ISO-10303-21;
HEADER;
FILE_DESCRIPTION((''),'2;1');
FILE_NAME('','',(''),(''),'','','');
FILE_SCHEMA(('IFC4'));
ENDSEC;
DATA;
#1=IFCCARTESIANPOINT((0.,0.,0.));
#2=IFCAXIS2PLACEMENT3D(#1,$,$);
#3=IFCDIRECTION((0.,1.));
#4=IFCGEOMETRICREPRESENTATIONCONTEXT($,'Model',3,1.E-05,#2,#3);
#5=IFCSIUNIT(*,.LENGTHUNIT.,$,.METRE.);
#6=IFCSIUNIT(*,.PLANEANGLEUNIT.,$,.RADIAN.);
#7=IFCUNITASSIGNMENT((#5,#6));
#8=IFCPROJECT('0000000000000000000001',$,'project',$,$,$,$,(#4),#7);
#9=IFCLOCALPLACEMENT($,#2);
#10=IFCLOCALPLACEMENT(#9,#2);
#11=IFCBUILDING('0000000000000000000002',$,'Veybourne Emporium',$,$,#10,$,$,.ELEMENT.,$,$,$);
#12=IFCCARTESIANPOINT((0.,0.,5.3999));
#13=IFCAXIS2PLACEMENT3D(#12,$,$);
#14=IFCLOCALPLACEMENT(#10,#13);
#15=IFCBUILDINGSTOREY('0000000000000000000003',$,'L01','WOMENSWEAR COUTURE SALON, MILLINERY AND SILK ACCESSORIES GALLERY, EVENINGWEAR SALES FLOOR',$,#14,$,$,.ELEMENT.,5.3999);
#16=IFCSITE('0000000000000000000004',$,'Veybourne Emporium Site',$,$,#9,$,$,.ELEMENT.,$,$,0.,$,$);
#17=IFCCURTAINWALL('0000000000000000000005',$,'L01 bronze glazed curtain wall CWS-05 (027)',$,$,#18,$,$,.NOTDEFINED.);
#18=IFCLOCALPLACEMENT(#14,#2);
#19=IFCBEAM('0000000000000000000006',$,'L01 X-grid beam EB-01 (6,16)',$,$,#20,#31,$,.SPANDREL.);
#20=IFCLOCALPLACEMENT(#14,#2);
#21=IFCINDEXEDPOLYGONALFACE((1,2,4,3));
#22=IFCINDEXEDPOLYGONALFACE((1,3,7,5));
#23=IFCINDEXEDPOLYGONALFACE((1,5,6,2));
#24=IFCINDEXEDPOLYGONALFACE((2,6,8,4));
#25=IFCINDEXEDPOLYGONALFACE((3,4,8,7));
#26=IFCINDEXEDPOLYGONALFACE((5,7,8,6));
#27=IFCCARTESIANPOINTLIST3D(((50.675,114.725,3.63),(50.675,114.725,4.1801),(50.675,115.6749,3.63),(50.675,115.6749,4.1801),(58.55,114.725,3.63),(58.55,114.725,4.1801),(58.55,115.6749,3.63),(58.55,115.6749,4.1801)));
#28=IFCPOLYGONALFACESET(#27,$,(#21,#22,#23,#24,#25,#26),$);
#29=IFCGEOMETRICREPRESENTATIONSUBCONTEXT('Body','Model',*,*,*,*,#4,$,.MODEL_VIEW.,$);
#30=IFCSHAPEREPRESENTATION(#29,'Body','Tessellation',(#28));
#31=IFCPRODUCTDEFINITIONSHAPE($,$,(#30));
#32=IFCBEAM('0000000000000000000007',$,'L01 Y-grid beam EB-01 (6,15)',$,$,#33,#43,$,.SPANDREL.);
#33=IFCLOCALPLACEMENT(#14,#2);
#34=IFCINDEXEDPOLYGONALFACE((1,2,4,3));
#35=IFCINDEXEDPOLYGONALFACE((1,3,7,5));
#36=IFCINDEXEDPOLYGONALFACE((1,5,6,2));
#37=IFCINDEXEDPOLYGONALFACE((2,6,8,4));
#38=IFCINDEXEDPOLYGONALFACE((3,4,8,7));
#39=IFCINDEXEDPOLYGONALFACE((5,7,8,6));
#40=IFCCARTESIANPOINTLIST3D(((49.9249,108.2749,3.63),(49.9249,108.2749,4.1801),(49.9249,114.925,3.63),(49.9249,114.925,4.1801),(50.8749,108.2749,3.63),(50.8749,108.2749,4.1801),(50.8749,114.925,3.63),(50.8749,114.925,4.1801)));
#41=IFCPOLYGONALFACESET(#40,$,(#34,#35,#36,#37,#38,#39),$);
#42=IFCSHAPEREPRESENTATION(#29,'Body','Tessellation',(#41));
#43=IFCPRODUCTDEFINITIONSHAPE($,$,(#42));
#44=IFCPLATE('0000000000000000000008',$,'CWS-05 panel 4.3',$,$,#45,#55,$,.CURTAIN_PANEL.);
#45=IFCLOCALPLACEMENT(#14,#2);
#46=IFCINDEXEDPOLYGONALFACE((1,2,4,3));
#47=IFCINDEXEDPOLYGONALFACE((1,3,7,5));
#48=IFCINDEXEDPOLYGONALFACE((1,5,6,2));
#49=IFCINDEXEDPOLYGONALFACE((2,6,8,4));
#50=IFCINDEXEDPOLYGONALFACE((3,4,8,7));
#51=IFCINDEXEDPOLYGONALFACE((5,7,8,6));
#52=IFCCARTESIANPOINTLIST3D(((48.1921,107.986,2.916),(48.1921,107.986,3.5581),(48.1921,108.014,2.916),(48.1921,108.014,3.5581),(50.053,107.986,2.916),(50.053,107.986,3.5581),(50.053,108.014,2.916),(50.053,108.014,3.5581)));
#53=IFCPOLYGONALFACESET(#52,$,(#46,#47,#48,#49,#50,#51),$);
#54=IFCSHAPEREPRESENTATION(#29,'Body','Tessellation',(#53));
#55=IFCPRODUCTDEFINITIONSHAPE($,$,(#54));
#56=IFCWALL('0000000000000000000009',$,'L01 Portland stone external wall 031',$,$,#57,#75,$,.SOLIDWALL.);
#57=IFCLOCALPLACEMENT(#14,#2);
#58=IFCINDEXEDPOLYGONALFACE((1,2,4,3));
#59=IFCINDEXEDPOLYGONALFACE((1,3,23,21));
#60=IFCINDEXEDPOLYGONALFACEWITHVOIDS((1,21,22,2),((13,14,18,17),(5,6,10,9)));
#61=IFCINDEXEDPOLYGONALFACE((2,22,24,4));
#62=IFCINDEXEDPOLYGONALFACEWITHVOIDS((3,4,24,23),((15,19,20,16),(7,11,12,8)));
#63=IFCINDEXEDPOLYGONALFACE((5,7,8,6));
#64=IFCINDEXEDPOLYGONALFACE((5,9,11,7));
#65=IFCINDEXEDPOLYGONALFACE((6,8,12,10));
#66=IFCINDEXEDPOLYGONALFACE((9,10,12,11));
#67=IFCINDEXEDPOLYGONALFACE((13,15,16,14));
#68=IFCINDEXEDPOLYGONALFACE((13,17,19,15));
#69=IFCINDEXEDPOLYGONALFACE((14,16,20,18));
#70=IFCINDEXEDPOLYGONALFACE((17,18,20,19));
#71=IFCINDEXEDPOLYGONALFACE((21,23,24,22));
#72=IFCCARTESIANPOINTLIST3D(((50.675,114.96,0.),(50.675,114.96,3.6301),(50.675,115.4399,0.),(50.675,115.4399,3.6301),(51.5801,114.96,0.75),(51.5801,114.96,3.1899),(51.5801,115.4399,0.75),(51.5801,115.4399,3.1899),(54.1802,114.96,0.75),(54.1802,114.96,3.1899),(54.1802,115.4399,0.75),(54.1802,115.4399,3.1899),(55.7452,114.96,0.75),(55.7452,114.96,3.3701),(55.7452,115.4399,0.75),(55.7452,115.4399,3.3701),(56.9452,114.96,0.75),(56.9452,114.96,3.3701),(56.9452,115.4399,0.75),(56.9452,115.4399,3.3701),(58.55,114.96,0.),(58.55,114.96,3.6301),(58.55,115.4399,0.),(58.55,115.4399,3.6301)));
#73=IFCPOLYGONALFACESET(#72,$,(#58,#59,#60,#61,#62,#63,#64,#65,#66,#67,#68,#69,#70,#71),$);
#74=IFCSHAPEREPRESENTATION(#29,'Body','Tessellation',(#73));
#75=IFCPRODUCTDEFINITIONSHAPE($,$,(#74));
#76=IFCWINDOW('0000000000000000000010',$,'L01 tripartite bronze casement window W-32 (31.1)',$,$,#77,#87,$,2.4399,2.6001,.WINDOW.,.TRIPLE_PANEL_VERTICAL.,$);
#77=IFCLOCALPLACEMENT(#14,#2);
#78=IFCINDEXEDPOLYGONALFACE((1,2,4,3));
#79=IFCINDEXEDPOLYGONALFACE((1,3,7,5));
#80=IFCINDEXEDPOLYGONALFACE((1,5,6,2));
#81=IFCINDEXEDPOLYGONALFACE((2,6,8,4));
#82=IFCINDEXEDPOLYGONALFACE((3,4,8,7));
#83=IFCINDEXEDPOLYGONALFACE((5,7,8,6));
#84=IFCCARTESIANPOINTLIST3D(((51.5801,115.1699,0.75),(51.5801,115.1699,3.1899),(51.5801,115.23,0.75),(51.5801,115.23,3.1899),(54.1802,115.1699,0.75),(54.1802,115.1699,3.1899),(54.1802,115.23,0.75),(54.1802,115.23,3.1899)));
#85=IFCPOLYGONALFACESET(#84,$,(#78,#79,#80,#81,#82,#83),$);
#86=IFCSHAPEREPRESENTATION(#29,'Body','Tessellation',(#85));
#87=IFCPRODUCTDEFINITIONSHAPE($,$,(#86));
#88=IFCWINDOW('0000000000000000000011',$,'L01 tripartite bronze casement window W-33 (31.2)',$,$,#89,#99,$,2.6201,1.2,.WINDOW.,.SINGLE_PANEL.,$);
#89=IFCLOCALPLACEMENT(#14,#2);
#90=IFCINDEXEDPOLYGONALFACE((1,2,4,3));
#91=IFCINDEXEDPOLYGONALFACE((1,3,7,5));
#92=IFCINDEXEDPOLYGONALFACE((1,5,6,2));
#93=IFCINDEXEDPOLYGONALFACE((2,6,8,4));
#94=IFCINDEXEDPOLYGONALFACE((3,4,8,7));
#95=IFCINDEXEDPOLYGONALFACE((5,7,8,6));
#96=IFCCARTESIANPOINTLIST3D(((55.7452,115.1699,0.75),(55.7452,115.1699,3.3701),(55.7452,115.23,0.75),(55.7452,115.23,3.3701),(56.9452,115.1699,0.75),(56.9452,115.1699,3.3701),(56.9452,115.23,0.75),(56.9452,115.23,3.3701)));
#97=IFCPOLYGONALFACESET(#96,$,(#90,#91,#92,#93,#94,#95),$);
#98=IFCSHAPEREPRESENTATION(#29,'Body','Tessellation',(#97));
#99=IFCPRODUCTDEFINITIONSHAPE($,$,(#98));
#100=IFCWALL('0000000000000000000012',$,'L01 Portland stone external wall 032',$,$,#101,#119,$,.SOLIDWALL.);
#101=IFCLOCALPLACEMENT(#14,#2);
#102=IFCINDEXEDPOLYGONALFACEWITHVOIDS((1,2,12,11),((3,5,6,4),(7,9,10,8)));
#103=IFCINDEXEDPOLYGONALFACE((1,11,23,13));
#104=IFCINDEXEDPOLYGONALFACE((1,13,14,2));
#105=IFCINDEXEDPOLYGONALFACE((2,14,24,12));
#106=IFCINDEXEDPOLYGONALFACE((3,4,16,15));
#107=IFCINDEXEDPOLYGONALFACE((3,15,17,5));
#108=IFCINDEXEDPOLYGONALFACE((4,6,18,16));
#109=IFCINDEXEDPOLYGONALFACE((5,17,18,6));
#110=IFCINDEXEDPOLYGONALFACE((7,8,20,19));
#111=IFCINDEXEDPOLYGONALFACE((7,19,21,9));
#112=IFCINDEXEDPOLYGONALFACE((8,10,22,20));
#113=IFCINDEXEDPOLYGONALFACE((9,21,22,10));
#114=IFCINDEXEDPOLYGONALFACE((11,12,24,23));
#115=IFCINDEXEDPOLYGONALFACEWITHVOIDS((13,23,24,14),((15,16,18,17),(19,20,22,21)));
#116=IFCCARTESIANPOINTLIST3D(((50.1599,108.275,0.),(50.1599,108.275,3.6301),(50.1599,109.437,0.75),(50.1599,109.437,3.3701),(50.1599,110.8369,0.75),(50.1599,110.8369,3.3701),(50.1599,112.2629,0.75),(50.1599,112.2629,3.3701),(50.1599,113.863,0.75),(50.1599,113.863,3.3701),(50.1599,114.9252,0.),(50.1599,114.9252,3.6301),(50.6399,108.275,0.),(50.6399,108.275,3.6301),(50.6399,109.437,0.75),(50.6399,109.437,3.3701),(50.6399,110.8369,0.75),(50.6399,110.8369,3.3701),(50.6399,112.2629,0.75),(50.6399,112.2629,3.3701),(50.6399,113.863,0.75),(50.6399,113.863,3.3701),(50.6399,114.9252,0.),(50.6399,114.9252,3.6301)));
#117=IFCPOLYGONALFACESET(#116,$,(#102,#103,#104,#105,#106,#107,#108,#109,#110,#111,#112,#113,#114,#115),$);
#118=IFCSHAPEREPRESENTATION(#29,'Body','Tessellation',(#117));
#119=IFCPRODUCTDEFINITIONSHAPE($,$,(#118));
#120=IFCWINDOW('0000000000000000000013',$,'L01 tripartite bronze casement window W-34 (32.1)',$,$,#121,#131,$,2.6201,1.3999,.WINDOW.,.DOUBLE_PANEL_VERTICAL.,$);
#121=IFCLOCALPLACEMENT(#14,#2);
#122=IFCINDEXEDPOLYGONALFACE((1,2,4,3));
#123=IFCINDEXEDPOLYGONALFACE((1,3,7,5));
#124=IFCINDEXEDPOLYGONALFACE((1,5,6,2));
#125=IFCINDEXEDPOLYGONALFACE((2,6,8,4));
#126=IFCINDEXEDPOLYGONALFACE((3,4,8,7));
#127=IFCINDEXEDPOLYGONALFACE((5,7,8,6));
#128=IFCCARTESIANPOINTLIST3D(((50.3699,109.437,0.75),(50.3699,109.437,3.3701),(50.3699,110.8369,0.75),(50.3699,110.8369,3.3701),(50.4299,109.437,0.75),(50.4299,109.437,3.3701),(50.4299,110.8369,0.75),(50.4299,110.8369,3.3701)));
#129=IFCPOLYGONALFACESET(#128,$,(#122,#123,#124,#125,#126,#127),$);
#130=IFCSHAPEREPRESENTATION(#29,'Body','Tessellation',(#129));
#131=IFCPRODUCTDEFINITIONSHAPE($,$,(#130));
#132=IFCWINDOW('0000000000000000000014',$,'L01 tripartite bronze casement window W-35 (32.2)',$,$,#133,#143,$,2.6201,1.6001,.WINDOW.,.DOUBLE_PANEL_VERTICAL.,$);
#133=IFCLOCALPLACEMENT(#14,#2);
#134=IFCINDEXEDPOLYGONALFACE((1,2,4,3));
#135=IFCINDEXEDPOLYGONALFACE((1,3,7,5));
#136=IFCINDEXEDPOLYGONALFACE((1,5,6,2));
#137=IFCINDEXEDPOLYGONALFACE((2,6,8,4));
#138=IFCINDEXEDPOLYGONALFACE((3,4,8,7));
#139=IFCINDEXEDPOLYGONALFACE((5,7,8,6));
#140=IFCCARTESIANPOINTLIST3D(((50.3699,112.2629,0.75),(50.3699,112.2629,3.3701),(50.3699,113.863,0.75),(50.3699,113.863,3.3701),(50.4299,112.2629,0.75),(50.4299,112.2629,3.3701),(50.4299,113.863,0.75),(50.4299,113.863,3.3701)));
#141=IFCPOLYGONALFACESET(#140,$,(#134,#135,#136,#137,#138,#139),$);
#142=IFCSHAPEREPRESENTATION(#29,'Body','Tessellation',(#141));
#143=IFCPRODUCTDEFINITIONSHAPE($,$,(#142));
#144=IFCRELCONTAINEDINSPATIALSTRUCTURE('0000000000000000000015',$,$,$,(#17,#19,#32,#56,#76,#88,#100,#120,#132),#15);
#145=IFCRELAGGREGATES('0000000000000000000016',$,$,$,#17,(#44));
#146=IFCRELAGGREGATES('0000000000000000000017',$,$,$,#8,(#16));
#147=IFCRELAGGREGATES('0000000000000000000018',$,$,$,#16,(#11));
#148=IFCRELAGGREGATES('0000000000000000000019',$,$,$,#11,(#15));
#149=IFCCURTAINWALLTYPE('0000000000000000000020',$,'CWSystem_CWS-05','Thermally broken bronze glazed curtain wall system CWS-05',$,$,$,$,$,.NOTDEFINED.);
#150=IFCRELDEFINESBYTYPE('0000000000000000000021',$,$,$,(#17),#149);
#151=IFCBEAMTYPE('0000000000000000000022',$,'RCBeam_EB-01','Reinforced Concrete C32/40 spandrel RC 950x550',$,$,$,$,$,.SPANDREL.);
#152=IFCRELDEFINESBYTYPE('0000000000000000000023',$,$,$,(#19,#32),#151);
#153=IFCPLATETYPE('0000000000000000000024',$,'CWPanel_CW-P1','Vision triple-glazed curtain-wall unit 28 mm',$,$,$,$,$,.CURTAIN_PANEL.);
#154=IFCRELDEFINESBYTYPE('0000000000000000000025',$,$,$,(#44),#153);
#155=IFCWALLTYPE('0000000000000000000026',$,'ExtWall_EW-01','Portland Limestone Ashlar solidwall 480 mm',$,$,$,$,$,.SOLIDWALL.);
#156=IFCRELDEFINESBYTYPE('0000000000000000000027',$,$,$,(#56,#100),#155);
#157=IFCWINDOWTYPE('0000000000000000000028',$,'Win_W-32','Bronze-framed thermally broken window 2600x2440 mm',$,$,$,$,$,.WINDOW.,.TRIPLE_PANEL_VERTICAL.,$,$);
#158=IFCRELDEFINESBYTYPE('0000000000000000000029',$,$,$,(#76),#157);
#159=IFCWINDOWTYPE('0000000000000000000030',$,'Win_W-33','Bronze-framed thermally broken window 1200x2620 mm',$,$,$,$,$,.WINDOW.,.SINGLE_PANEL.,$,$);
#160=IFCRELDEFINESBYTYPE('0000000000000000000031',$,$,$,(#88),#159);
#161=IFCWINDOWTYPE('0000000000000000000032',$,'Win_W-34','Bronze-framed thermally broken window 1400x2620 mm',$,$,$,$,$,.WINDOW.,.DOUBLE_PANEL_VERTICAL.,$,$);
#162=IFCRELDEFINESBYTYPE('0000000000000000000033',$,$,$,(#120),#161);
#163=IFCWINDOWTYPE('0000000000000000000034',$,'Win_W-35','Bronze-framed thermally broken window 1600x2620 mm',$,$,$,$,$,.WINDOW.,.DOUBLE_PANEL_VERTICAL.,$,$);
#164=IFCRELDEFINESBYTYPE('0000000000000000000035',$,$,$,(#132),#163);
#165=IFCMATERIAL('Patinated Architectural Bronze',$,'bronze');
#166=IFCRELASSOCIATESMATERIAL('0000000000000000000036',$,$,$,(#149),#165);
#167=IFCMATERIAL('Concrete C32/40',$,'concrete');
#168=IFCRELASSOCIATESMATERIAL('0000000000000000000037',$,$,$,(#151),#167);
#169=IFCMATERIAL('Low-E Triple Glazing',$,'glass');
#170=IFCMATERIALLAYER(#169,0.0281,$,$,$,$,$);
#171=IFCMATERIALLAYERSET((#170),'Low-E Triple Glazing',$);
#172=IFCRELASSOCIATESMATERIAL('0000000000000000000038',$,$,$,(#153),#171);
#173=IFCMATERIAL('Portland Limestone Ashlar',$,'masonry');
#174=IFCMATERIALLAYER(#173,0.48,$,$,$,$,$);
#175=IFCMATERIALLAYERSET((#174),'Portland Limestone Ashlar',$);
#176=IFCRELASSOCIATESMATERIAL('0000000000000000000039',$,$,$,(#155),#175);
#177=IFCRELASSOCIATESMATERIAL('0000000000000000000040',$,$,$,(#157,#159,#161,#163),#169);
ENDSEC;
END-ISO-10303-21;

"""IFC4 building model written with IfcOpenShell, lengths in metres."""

from ifc_helpers import new_model, si_unit, direction, frame, frame_2d, origin, origin_2d, place, context, subcontext, project, spatial, rectangle, extrude, material, layer, layer_set, material_profile, profile_set, type_object, element, fill, aggregate, save


model = new_model("IFC4")

# Units and contexts
model_context = context("Model", 3, precision=1e-05, world=origin(), true_north=direction((0.0, 1.0)))
body_context = subcontext(model_context, "Body", "Model", "MODEL_VIEW")
ifc_project = project(units=[si_unit("LENGTHUNIT", "METRE"), si_unit("PLANEANGLEUNIT", "RADIAN")], contexts=[model_context])

# Site, building, storey
site_placement = place(None, origin())
site = spatial("IfcSite", under=ifc_project, at=site_placement, Name="Veybourne Emporium Site", CompositionType="ELEMENT", RefElevation=0.0)
building_placement = place(site_placement, origin())
building = spatial("IfcBuilding", under=site, at=building_placement, Name="Veybourne Emporium", CompositionType="ELEMENT")
storey_placement = place(building_placement, frame((0.0, 0.0, 5.3999)))
storey = spatial("IfcBuildingStorey", under=building, at=storey_placement, Name="L01", Description="WOMENSWEAR COUTURE SALON, MILLINERY AND SILK ACCESSORIES GALLERY, EVENINGWEAR SALES FLOOR", CompositionType="ELEMENT", Elevation=5.3999)

# Curtain wall
ifc_material_1 = material(Name="Patinated Architectural Bronze", Category="bronze")
curtain_wall_type = type_object("IfcCurtainWallType", Name="CWSystem_CWS-05", Description="Thermally broken bronze glazed curtain wall system CWS-05", PredefinedType="NOTDEFINED", material=ifc_material_1)
curtain_wall_placement = place(storey_placement, origin())
curtain_wall = element("IfcCurtainWall", 1, at=curtain_wall_placement, inside=storey, type_object=curtain_wall_type, Name="L01 bronze glazed curtain wall CWS-05 (027)", PredefinedType="NOTDEFINED")

# Beams
ifc_material_2 = material(Name="Concrete C32/40", Category="concrete")
ifc_material_profile_1 = material_profile(ifc_material_2, rectangle(XDim=0.95, YDim=0.55, at=origin_2d()), Name="RC 950x550")
ifc_profile_set_1 = profile_set([ifc_material_profile_1], Name="Concrete C32/40")
beam_type_1 = type_object("IfcBeamType", Name="RCBeam_EB-01", Description="Reinforced Concrete C32/40 spandrel RC 950x550", PredefinedType="SPANDREL", material=ifc_profile_set_1)
beam_1_placement = place(storey_placement, frame((50.675, 115.2, 3.905), z_axis=(1.0, 0.0, 0.0), x_axis=(0.0, 1.0, 0.0)))
element("IfcBeam", 2, at=beam_1_placement, inside=storey, type_object=beam_type_1, Name="L01 X-grid beam EB-01 (6,16)", PredefinedType="SPANDREL", context=body_context, shape_type="SweptSolid", body=[
    extrude(rectangle(XDim=0.95, YDim=0.55, at=origin_2d()), origin(), (0.0, 0.0, 1.0), 7.875),
])
beam_2_placement = place(storey_placement, frame((50.3999, 108.2749, 3.905), z_axis=(0.0, 1.0, 0.0), x_axis=(-1.0, 0.0, 0.0)))
element("IfcBeam", 3, at=beam_2_placement, inside=storey, type_object=beam_type_1, Name="L01 Y-grid beam EB-01 (6,15)", PredefinedType="SPANDREL", context=body_context, shape_type="SweptSolid", body=[
    extrude(rectangle(XDim=0.95, YDim=0.55, at=origin_2d()), origin(), (0.0, 0.0, 1.0), 6.6501),
])

# Plate
ifc_material_3 = material(Name="Low-E Triple Glazing", Category="glass")
ifc_layer_1 = layer(ifc_material_3, 0.0281)
ifc_layer_set_1 = layer_set([ifc_layer_1], Name="Low-E Triple Glazing")
plate_type = type_object("IfcPlateType", Name="CWPanel_CW-P1", Description="Vision triple-glazed curtain-wall unit 28 mm", PredefinedType="CURTAIN_PANEL", material=ifc_layer_set_1)
plate_placement = place(storey_placement, frame((49.1226, 108.0, 2.916), z_axis=(0.0, 0.0, 1.0), x_axis=(1.0, 0.0, 0.0)))
plate = element("IfcPlate", 4, at=plate_placement, type_object=plate_type, Name="CWS-05 panel 4.3", PredefinedType="CURTAIN_PANEL", context=body_context, shape_type="SweptSolid", body=[
    extrude(rectangle(XDim=1.8608, YDim=0.0281, at=origin_2d()), origin(), (0.0, 0.0, 1.0), 0.6421),
])
aggregate(curtain_wall, [plate])

# Walls, openings, windows
ifc_material_4 = material(Name="Portland Limestone Ashlar", Category="masonry")
ifc_layer_2 = layer(ifc_material_4, 0.48)
ifc_layer_set_2 = layer_set([ifc_layer_2], Name="Portland Limestone Ashlar")
wall_type = type_object("IfcWallType", Name="ExtWall_EW-01", Description="Portland Limestone Ashlar solidwall 480 mm", PredefinedType="SOLIDWALL", material=ifc_layer_set_2)
wall_1_placement = place(storey_placement, frame((50.675, 115.2, 0.0), z_axis=(0.0, 0.0, 1.0), x_axis=(1.0, 0.0, 0.0)))
wall_1 = element("IfcWall", 5, at=wall_1_placement, inside=storey, type_object=wall_type, Name="L01 Portland stone external wall 031", PredefinedType="SOLIDWALL", context=body_context, shape_type="SweptSolid", body=[
    extrude(rectangle(XDim=7.875, YDim=0.48, at=frame_2d((3.9375, 0.0))), origin(), (0.0, 0.0, 1.0), 3.6301),
])
opening_1_placement = place(wall_1_placement, frame((0.905, 0.0, 0.75)))
opening_1 = element("IfcOpeningElement", 6, at=opening_1_placement, cuts=wall_1, PredefinedType="OPENING", context=body_context, shape_type="SweptSolid", body=[
    extrude(rectangle(XDim=2.6001, YDim=2.4399, at=frame_2d((1.3, 1.22))), frame((0.0, 0.26, 0.0), z_axis=(0.0, -1.0, 0.0), x_axis=(1.0, 0.0, 0.0)), (0.0, 0.0, 1.0), 0.52),
])
opening_2_placement = place(wall_1_placement, frame((5.0701, 0.0, 0.75)))
opening_2 = element("IfcOpeningElement", 7, at=opening_2_placement, cuts=wall_1, PredefinedType="OPENING", context=body_context, shape_type="SweptSolid", body=[
    extrude(rectangle(XDim=1.2, YDim=2.6201, at=frame_2d((0.6001, 1.3101))), frame((0.0, 0.26, 0.0), z_axis=(0.0, -1.0, 0.0), x_axis=(1.0, 0.0, 0.0)), (0.0, 0.0, 1.0), 0.52),
])
window_type_1 = type_object("IfcWindowType", Name="Win_W-32", Description="Bronze-framed thermally broken window 2600x2440 mm", PartitioningType="TRIPLE_PANEL_VERTICAL", PredefinedType="WINDOW", material=ifc_material_3)
window_1_placement = place(opening_1_placement, origin())
window_1 = element("IfcWindow", 8, at=window_1_placement, inside=storey, type_object=window_type_1, Name="L01 tripartite bronze casement window W-32 (31.1)", OverallHeight=2.4399, OverallWidth=2.6001, PartitioningType="TRIPLE_PANEL_VERTICAL", PredefinedType="WINDOW", context=body_context, shape_type="SweptSolid", body=[
    extrude(rectangle(XDim=2.6001, YDim=2.4399, at=frame_2d((1.3, 1.22))), frame((0.0, 0.03, 0.0), z_axis=(0.0, -1.0, 0.0), x_axis=(1.0, 0.0, 0.0)), (0.0, 0.0, 1.0), 0.0601),
])
fill(opening_1, window_1)
window_type_2 = type_object("IfcWindowType", Name="Win_W-33", Description="Bronze-framed thermally broken window 1200x2620 mm", PartitioningType="SINGLE_PANEL", PredefinedType="WINDOW", material=ifc_material_3)
window_2_placement = place(opening_2_placement, origin())
window_2 = element("IfcWindow", 9, at=window_2_placement, inside=storey, type_object=window_type_2, Name="L01 tripartite bronze casement window W-33 (31.2)", OverallHeight=2.6201, OverallWidth=1.2, PartitioningType="SINGLE_PANEL", PredefinedType="WINDOW", context=body_context, shape_type="SweptSolid", body=[
    extrude(rectangle(XDim=1.2, YDim=2.6201, at=frame_2d((0.6001, 1.3101))), frame((0.0, 0.03, 0.0), z_axis=(0.0, -1.0, 0.0), x_axis=(1.0, 0.0, 0.0)), (0.0, 0.0, 1.0), 0.0601),
])
fill(opening_2, window_2)
wall_2_placement = place(storey_placement, frame((50.3999, 108.2749, 0.0), z_axis=(0.0, 0.0, 1.0), x_axis=(0.0, 1.0, 0.0)))
wall_2 = element("IfcWall", 10, at=wall_2_placement, inside=storey, type_object=wall_type, Name="L01 Portland stone external wall 032", PredefinedType="SOLIDWALL", context=body_context, shape_type="SweptSolid", body=[
    extrude(rectangle(XDim=6.6501, YDim=0.48, at=frame_2d((3.3252, 0.0))), origin(), (0.0, 0.0, 1.0), 3.6301),
])
opening_3_placement = place(wall_2_placement, frame((1.1621, 0.0, 0.75)))
opening_3 = element("IfcOpeningElement", 11, at=opening_3_placement, cuts=wall_2, PredefinedType="OPENING", context=body_context, shape_type="SweptSolid", body=[
    extrude(rectangle(XDim=1.3999, YDim=2.6201, at=frame_2d((0.7, 1.3101))), frame((0.0, 0.26, 0.0), z_axis=(0.0, -1.0, 0.0), x_axis=(1.0, 0.0, 0.0)), (0.0, 0.0, 1.0), 0.52),
])
opening_4_placement = place(wall_2_placement, frame((3.988, 0.0, 0.75)))
opening_4 = element("IfcOpeningElement", 12, at=opening_4_placement, cuts=wall_2, PredefinedType="OPENING", context=body_context, shape_type="SweptSolid", body=[
    extrude(rectangle(XDim=1.6001, YDim=2.6201, at=frame_2d((0.8, 1.3101))), frame((0.0, 0.26, 0.0), z_axis=(0.0, -1.0, 0.0), x_axis=(1.0, 0.0, 0.0)), (0.0, 0.0, 1.0), 0.52),
])
window_type_3 = type_object("IfcWindowType", Name="Win_W-34", Description="Bronze-framed thermally broken window 1400x2620 mm", PartitioningType="DOUBLE_PANEL_VERTICAL", PredefinedType="WINDOW", material=ifc_material_3)
window_3_placement = place(opening_3_placement, origin())
window_3 = element("IfcWindow", 13, at=window_3_placement, inside=storey, type_object=window_type_3, Name="L01 tripartite bronze casement window W-34 (32.1)", OverallHeight=2.6201, OverallWidth=1.3999, PartitioningType="DOUBLE_PANEL_VERTICAL", PredefinedType="WINDOW", context=body_context, shape_type="SweptSolid", body=[
    extrude(rectangle(XDim=1.3999, YDim=2.6201, at=frame_2d((0.7, 1.3101))), frame((0.0, 0.03, 0.0), z_axis=(0.0, -1.0, 0.0), x_axis=(1.0, 0.0, 0.0)), (0.0, 0.0, 1.0), 0.0601),
])
fill(opening_3, window_3)
window_type_4 = type_object("IfcWindowType", Name="Win_W-35", Description="Bronze-framed thermally broken window 1600x2620 mm", PartitioningType="DOUBLE_PANEL_VERTICAL", PredefinedType="WINDOW", material=ifc_material_3)
window_4_placement = place(opening_4_placement, origin())
window_4 = element("IfcWindow", 14, at=window_4_placement, inside=storey, type_object=window_type_4, Name="L01 tripartite bronze casement window W-35 (32.2)", OverallHeight=2.6201, OverallWidth=1.6001, PartitioningType="DOUBLE_PANEL_VERTICAL", PredefinedType="WINDOW", context=body_context, shape_type="SweptSolid", body=[
    extrude(rectangle(XDim=1.6001, YDim=2.6201, at=frame_2d((0.8, 1.3101))), frame((0.0, 0.03, 0.0), z_axis=(0.0, -1.0, 0.0), x_axis=(1.0, 0.0, 0.0)), (0.0, 0.0, 1.0), 0.0601),
])
fill(opening_4, window_4)

save(model, "model.ifc")
